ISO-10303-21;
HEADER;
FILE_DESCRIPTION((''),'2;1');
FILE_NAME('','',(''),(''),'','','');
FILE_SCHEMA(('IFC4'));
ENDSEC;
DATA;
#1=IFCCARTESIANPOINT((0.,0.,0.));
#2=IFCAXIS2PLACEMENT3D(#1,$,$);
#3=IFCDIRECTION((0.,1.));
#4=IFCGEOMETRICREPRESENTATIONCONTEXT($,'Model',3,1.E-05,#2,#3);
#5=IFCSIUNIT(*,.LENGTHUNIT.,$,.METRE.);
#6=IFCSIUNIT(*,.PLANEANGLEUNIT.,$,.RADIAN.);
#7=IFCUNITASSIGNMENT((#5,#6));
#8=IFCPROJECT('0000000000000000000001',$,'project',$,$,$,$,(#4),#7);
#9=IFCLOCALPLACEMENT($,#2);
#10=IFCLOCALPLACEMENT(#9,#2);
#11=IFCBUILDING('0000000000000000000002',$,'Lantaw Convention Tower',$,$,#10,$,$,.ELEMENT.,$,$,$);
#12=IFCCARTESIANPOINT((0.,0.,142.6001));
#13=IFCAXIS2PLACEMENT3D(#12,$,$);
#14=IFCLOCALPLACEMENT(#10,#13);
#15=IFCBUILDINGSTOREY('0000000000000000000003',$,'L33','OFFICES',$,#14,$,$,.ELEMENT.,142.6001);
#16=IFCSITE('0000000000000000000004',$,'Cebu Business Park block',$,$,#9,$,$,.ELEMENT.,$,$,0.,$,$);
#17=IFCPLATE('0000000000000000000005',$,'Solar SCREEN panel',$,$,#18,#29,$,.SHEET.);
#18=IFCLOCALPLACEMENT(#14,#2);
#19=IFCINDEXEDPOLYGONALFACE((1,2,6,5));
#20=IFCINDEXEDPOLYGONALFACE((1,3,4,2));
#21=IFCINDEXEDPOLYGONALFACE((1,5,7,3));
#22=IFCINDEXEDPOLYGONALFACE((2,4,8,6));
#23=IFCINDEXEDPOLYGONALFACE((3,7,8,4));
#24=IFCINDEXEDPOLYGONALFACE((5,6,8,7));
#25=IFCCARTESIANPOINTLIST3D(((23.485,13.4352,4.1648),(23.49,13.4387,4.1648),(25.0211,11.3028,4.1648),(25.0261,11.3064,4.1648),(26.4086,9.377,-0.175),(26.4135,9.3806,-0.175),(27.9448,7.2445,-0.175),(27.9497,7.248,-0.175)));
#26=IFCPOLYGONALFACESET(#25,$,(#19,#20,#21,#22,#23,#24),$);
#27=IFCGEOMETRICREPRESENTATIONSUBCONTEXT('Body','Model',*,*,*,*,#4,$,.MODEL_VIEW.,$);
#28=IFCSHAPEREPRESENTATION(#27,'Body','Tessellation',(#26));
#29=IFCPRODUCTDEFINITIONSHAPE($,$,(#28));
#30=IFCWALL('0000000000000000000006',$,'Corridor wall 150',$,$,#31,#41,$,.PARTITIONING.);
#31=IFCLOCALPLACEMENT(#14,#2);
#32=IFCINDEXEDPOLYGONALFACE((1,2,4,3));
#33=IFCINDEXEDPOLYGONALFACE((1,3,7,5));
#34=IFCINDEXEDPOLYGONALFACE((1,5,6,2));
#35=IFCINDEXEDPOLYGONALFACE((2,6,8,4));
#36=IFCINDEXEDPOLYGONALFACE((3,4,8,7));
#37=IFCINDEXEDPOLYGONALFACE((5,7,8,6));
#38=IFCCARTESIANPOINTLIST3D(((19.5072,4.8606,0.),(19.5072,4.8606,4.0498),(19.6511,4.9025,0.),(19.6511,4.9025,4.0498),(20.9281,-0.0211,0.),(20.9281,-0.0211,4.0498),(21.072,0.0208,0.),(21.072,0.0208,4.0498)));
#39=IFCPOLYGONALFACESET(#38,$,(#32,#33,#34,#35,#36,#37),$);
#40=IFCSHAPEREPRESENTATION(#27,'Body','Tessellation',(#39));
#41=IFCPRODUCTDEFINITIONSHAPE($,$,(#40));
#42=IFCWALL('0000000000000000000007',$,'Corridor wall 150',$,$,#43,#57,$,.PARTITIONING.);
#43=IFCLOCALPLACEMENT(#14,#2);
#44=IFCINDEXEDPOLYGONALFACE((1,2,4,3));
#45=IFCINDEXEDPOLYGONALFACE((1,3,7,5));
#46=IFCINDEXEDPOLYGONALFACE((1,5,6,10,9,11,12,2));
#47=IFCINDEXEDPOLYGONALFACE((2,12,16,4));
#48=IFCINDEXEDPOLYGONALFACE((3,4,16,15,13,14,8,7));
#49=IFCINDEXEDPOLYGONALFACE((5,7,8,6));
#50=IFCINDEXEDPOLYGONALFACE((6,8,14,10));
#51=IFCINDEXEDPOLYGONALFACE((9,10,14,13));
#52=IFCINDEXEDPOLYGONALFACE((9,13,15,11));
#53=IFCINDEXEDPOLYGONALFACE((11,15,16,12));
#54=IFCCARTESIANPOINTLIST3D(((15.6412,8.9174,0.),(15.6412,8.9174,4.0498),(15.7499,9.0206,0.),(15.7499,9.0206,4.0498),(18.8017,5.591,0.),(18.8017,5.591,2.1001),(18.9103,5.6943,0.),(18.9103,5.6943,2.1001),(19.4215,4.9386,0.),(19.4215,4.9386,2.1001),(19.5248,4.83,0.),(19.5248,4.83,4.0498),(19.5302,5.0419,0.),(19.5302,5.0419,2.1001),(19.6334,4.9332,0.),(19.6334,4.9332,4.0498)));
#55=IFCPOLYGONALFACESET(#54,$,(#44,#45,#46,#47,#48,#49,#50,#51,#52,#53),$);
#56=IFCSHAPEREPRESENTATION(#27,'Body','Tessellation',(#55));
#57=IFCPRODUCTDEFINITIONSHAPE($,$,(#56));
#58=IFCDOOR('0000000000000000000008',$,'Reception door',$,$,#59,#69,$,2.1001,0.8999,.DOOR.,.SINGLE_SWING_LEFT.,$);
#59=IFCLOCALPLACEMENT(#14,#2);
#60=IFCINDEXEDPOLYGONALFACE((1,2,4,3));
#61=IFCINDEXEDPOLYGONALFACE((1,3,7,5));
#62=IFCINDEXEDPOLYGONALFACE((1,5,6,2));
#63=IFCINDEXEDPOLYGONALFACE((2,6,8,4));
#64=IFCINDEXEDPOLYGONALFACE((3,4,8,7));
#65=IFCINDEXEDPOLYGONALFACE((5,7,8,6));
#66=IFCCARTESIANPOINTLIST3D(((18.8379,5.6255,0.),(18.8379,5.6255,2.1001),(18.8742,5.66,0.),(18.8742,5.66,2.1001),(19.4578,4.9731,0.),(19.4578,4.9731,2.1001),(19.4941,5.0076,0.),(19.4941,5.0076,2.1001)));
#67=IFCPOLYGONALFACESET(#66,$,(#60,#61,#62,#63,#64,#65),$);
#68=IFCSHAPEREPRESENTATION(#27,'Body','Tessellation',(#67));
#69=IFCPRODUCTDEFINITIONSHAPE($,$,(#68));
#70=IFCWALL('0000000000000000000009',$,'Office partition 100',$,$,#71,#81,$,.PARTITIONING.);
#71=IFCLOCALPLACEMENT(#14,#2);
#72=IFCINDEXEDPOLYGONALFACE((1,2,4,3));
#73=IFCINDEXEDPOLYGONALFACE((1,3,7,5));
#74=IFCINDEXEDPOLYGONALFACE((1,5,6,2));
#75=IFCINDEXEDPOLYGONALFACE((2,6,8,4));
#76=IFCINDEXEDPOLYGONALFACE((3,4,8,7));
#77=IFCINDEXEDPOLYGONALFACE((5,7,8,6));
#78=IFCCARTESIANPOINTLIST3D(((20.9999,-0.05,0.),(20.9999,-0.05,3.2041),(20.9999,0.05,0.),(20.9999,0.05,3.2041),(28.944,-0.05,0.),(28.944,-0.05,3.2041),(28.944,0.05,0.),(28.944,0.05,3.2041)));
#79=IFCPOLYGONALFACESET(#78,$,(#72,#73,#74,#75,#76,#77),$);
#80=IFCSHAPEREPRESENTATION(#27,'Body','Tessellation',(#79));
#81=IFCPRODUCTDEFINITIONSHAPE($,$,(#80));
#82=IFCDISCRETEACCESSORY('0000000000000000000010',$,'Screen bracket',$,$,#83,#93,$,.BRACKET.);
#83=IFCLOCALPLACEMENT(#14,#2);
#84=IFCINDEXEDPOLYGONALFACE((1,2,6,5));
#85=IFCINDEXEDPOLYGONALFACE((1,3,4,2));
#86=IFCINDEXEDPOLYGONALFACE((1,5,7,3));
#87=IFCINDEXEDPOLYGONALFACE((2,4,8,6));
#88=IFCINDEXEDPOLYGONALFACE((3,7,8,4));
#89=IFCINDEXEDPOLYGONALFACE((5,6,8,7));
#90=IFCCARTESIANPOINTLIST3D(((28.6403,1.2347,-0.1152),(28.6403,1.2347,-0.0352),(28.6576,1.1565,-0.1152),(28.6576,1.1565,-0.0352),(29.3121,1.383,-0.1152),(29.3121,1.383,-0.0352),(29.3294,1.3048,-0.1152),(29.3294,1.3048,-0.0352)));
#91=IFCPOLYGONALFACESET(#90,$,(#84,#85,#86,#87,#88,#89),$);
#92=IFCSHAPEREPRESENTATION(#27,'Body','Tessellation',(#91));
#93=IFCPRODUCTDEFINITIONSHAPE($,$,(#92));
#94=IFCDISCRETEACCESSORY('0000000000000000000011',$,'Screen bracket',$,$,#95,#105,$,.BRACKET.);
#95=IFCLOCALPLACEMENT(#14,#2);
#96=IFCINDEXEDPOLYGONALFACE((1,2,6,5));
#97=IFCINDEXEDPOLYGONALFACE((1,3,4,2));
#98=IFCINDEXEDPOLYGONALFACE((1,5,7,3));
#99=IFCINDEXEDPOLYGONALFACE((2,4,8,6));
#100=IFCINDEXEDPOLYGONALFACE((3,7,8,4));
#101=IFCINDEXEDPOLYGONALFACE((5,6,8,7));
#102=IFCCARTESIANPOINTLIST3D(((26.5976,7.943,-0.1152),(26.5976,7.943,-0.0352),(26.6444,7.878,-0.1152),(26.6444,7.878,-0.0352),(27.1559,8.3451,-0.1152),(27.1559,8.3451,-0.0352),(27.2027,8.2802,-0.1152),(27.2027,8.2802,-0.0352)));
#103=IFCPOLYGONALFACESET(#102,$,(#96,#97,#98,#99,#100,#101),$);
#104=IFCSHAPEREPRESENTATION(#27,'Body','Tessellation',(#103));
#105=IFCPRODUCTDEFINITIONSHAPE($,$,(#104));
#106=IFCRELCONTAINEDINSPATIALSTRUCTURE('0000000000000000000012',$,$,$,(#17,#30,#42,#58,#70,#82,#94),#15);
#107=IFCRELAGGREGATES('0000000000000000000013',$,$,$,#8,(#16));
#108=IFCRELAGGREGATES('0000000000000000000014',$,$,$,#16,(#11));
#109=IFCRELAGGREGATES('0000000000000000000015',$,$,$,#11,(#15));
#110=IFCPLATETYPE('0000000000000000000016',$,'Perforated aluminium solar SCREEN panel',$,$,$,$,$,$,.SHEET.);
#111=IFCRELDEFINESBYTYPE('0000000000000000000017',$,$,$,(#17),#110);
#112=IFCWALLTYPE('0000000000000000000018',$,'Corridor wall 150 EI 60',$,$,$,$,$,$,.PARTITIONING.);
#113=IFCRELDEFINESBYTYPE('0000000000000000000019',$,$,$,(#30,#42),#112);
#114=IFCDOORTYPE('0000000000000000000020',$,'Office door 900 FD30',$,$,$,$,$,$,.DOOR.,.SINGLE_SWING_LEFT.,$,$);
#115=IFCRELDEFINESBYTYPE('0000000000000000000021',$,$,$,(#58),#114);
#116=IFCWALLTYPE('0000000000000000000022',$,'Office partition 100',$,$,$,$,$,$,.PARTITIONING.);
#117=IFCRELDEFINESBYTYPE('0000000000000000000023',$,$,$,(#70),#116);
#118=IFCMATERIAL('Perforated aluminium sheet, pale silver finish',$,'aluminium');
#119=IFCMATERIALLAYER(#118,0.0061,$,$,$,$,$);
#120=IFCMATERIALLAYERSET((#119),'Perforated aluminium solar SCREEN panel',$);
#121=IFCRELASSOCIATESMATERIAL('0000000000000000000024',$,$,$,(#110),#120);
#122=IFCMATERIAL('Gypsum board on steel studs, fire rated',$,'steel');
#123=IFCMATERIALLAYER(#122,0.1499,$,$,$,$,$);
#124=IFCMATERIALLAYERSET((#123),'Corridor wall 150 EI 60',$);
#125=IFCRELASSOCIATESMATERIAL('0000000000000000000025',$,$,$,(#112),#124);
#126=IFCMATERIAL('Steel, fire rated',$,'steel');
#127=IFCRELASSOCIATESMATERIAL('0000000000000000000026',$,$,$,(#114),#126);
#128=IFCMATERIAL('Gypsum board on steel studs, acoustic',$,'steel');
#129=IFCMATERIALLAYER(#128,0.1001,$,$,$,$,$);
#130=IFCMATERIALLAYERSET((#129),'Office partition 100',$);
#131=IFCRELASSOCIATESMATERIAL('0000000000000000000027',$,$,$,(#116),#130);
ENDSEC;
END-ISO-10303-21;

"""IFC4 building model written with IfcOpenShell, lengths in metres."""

from ifc_helpers import new_model, si_unit, direction, frame, frame_2d, origin, origin_2d, place, context, subcontext, project, spatial, polyline, rectangle, outline, extrude, material, layer, layer_set, type_object, element, fill, save


model = new_model("IFC4")

# Units and contexts
model_context = context("Model", 3, precision=1e-05, world=origin(), true_north=direction((0.0, 1.0)))
body_context = subcontext(model_context, "Body", "Model", "MODEL_VIEW")
ifc_project = project(units=[si_unit("LENGTHUNIT", "METRE"), si_unit("PLANEANGLEUNIT", "RADIAN")], contexts=[model_context])

# Site, building, storey
site_placement = place(None, origin())
site = spatial("IfcSite", under=ifc_project, at=site_placement, Name="Cebu Business Park block", CompositionType="ELEMENT", RefElevation=0.0)
building_placement = place(site_placement, origin())
building = spatial("IfcBuilding", under=site, at=building_placement, Name="Lantaw Convention Tower", CompositionType="ELEMENT")
storey_placement = place(building_placement, frame((0.0, 0.0, 142.6001)))
storey = spatial("IfcBuildingStorey", under=building, at=storey_placement, Name="L33", Description="OFFICES", CompositionType="ELEMENT", Elevation=142.6001)

# Plate
ifc_material_1 = material(Name="Perforated aluminium sheet, pale silver finish", Category="aluminium")
ifc_layer_1 = layer(ifc_material_1, 0.0061)
ifc_layer_set_1 = layer_set([ifc_layer_1], Name="Perforated aluminium solar SCREEN panel")
plate_type_1 = type_object("IfcPlateType", Name="Perforated aluminium solar SCREEN panel", PredefinedType="SHEET", material=ifc_layer_set_1)
plate_1_placement = place(storey_placement, frame((27.9497, 7.248, -0.175), z_axis=(0.811395, 0.584498, 0.000036), x_axis=(-0.584498, 0.811395, 0.0)))
element("IfcPlate", 1, at=plate_1_placement, inside=storey, type_object=plate_type_1, Name="Solar SCREEN panel", PredefinedType="SHEET", context=body_context, shape_type="SweptSolid", body=[
    extrude(outline(polyline([(0.0, 0.0), (2.6282, 0.0), (7.6298, 4.3398), (5.0018, 4.3398), (0.0, 0.0)])), origin(), (0.0, 0.0, -1.0), 0.0061),
])

# Wall
ifc_material_2 = material(Name="Gypsum board on steel studs, fire rated", Category="steel")
ifc_layer_2 = layer(ifc_material_2, 0.1499)
ifc_layer_set_2 = layer_set([ifc_layer_2], Name="Corridor wall 150 EI 60")
wall_type_1 = type_object("IfcWallType", Name="Corridor wall 150 EI 60", PredefinedType="PARTITIONING", material=ifc_layer_set_2)
wall_1_placement = place(storey_placement, frame((21.0, 0.0, 0.0), z_axis=(0.0, 0.0, 1.0), x_axis=(-0.279474, 0.960153, 0.0)))
element("IfcWall", 2, at=wall_1_placement, inside=storey, type_object=wall_type_1, Name="Corridor wall 150", PredefinedType="PARTITIONING", context=body_context, shape_type="SweptSolid", body=[
    extrude(rectangle(XDim=5.0842, YDim=0.1499, at=frame_2d((2.542, 0.0))), origin(), (0.0, 0.0, 1.0), 4.0498),
])

# Wall, opening, door
wall_2_placement = place(storey_placement, frame((19.5791, 4.8816, 0.0), z_axis=(0.0, 0.0, 1.0), x_axis=(-0.688797, 0.724954, 0.0)))
wall_2 = element("IfcWall", 3, at=wall_2_placement, inside=storey, type_object=wall_type_1, Name="Corridor wall 150", PredefinedType="PARTITIONING", context=body_context, shape_type="SweptSolid", body=[
    extrude(rectangle(XDim=5.6382, YDim=0.1499, at=frame_2d((2.8191, 0.0))), origin(), (0.0, 0.0, 1.0), 4.0498),
])
opening_placement = place(wall_2_placement, frame((0.1499, 0.0, 0.0)))
opening = element("IfcOpeningElement", 4, at=opening_placement, cuts=wall_2, PredefinedType="OPENING", context=body_context, shape_type="SweptSolid", body=[
    extrude(rectangle(XDim=0.8999, YDim=2.1001, at=frame_2d((0.45, 1.05))), frame((0.0, 0.085, 0.0), z_axis=(0.0, -1.0, 0.0), x_axis=(1.0, 0.0, 0.0)), (0.0, 0.0, 1.0), 0.1699),
])
ifc_material_3 = material(Name="Steel, fire rated", Category="steel")
door_type = type_object("IfcDoorType", Name="Office door 900 FD30", OperationType="SINGLE_SWING_LEFT", PredefinedType="DOOR", material=ifc_material_3)
door_placement = place(opening_placement, origin())
door = element("IfcDoor", 5, at=door_placement, inside=storey, type_object=door_type, Name="Reception door", OperationType="SINGLE_SWING_LEFT", OverallHeight=2.1001, OverallWidth=0.8999, PredefinedType="DOOR", context=body_context, shape_type="SweptSolid", body=[
    extrude(rectangle(XDim=0.8999, YDim=2.1001, at=frame_2d((0.45, 1.05))), frame((0.0, 0.0249, 0.0), z_axis=(0.0, -1.0, 0.0), x_axis=(1.0, 0.0, 0.0)), (0.0, 0.0, 1.0), 0.05),
])
fill(opening, door)

# Wall
ifc_material_4 = material(Name="Gypsum board on steel studs, acoustic", Category="steel")
ifc_layer_3 = layer(ifc_material_4, 0.1001)
ifc_layer_set_3 = layer_set([ifc_layer_3], Name="Office partition 100")
wall_type_2 = type_object("IfcWallType", Name="Office partition 100", PredefinedType="PARTITIONING", material=ifc_layer_set_3)
wall_3_placement = place(storey_placement, frame((28.9441, 0.0, 0.0), z_axis=(0.0, 0.0, 1.0), x_axis=(-1.0, 0.0, 0.0)))
element("IfcWall", 6, at=wall_3_placement, inside=storey, type_object=wall_type_2, Name="Office partition 100", PredefinedType="PARTITIONING", context=body_context, shape_type="SweptSolid", body=[
    extrude(rectangle(XDim=7.9441, YDim=0.1001, at=frame_2d((3.9722, 0.0))), origin(), (0.0, 0.0, 1.0), 3.2041),
])

# Discrete accessories
for number, where, z_axis, x_axis, name in (
    (7, (28.9849, 1.2698, -0.1152), (0.0, 0.0, 1.0), (-0.215546, 0.976494, 0.0), "Screen bracket"),
    (8, (26.9001, 8.1116, -0.1152), (0.0, 0.0, 1.0), (-0.584513, 0.811385, 0.0), "Screen bracket"),
):
    element("IfcDiscreteAccessory", number, at=place(storey_placement, frame(where, z_axis=z_axis, x_axis=x_axis)), inside=storey, Name=name, PredefinedType="BRACKET", context=body_context, shape_type="SweptSolid", body=[
        extrude(rectangle(XDim=0.0801, YDim=0.688, at=origin_2d()), origin(), (0.0, 0.0, 1.0), 0.0801),
    ])

save(model, "model.ifc")
